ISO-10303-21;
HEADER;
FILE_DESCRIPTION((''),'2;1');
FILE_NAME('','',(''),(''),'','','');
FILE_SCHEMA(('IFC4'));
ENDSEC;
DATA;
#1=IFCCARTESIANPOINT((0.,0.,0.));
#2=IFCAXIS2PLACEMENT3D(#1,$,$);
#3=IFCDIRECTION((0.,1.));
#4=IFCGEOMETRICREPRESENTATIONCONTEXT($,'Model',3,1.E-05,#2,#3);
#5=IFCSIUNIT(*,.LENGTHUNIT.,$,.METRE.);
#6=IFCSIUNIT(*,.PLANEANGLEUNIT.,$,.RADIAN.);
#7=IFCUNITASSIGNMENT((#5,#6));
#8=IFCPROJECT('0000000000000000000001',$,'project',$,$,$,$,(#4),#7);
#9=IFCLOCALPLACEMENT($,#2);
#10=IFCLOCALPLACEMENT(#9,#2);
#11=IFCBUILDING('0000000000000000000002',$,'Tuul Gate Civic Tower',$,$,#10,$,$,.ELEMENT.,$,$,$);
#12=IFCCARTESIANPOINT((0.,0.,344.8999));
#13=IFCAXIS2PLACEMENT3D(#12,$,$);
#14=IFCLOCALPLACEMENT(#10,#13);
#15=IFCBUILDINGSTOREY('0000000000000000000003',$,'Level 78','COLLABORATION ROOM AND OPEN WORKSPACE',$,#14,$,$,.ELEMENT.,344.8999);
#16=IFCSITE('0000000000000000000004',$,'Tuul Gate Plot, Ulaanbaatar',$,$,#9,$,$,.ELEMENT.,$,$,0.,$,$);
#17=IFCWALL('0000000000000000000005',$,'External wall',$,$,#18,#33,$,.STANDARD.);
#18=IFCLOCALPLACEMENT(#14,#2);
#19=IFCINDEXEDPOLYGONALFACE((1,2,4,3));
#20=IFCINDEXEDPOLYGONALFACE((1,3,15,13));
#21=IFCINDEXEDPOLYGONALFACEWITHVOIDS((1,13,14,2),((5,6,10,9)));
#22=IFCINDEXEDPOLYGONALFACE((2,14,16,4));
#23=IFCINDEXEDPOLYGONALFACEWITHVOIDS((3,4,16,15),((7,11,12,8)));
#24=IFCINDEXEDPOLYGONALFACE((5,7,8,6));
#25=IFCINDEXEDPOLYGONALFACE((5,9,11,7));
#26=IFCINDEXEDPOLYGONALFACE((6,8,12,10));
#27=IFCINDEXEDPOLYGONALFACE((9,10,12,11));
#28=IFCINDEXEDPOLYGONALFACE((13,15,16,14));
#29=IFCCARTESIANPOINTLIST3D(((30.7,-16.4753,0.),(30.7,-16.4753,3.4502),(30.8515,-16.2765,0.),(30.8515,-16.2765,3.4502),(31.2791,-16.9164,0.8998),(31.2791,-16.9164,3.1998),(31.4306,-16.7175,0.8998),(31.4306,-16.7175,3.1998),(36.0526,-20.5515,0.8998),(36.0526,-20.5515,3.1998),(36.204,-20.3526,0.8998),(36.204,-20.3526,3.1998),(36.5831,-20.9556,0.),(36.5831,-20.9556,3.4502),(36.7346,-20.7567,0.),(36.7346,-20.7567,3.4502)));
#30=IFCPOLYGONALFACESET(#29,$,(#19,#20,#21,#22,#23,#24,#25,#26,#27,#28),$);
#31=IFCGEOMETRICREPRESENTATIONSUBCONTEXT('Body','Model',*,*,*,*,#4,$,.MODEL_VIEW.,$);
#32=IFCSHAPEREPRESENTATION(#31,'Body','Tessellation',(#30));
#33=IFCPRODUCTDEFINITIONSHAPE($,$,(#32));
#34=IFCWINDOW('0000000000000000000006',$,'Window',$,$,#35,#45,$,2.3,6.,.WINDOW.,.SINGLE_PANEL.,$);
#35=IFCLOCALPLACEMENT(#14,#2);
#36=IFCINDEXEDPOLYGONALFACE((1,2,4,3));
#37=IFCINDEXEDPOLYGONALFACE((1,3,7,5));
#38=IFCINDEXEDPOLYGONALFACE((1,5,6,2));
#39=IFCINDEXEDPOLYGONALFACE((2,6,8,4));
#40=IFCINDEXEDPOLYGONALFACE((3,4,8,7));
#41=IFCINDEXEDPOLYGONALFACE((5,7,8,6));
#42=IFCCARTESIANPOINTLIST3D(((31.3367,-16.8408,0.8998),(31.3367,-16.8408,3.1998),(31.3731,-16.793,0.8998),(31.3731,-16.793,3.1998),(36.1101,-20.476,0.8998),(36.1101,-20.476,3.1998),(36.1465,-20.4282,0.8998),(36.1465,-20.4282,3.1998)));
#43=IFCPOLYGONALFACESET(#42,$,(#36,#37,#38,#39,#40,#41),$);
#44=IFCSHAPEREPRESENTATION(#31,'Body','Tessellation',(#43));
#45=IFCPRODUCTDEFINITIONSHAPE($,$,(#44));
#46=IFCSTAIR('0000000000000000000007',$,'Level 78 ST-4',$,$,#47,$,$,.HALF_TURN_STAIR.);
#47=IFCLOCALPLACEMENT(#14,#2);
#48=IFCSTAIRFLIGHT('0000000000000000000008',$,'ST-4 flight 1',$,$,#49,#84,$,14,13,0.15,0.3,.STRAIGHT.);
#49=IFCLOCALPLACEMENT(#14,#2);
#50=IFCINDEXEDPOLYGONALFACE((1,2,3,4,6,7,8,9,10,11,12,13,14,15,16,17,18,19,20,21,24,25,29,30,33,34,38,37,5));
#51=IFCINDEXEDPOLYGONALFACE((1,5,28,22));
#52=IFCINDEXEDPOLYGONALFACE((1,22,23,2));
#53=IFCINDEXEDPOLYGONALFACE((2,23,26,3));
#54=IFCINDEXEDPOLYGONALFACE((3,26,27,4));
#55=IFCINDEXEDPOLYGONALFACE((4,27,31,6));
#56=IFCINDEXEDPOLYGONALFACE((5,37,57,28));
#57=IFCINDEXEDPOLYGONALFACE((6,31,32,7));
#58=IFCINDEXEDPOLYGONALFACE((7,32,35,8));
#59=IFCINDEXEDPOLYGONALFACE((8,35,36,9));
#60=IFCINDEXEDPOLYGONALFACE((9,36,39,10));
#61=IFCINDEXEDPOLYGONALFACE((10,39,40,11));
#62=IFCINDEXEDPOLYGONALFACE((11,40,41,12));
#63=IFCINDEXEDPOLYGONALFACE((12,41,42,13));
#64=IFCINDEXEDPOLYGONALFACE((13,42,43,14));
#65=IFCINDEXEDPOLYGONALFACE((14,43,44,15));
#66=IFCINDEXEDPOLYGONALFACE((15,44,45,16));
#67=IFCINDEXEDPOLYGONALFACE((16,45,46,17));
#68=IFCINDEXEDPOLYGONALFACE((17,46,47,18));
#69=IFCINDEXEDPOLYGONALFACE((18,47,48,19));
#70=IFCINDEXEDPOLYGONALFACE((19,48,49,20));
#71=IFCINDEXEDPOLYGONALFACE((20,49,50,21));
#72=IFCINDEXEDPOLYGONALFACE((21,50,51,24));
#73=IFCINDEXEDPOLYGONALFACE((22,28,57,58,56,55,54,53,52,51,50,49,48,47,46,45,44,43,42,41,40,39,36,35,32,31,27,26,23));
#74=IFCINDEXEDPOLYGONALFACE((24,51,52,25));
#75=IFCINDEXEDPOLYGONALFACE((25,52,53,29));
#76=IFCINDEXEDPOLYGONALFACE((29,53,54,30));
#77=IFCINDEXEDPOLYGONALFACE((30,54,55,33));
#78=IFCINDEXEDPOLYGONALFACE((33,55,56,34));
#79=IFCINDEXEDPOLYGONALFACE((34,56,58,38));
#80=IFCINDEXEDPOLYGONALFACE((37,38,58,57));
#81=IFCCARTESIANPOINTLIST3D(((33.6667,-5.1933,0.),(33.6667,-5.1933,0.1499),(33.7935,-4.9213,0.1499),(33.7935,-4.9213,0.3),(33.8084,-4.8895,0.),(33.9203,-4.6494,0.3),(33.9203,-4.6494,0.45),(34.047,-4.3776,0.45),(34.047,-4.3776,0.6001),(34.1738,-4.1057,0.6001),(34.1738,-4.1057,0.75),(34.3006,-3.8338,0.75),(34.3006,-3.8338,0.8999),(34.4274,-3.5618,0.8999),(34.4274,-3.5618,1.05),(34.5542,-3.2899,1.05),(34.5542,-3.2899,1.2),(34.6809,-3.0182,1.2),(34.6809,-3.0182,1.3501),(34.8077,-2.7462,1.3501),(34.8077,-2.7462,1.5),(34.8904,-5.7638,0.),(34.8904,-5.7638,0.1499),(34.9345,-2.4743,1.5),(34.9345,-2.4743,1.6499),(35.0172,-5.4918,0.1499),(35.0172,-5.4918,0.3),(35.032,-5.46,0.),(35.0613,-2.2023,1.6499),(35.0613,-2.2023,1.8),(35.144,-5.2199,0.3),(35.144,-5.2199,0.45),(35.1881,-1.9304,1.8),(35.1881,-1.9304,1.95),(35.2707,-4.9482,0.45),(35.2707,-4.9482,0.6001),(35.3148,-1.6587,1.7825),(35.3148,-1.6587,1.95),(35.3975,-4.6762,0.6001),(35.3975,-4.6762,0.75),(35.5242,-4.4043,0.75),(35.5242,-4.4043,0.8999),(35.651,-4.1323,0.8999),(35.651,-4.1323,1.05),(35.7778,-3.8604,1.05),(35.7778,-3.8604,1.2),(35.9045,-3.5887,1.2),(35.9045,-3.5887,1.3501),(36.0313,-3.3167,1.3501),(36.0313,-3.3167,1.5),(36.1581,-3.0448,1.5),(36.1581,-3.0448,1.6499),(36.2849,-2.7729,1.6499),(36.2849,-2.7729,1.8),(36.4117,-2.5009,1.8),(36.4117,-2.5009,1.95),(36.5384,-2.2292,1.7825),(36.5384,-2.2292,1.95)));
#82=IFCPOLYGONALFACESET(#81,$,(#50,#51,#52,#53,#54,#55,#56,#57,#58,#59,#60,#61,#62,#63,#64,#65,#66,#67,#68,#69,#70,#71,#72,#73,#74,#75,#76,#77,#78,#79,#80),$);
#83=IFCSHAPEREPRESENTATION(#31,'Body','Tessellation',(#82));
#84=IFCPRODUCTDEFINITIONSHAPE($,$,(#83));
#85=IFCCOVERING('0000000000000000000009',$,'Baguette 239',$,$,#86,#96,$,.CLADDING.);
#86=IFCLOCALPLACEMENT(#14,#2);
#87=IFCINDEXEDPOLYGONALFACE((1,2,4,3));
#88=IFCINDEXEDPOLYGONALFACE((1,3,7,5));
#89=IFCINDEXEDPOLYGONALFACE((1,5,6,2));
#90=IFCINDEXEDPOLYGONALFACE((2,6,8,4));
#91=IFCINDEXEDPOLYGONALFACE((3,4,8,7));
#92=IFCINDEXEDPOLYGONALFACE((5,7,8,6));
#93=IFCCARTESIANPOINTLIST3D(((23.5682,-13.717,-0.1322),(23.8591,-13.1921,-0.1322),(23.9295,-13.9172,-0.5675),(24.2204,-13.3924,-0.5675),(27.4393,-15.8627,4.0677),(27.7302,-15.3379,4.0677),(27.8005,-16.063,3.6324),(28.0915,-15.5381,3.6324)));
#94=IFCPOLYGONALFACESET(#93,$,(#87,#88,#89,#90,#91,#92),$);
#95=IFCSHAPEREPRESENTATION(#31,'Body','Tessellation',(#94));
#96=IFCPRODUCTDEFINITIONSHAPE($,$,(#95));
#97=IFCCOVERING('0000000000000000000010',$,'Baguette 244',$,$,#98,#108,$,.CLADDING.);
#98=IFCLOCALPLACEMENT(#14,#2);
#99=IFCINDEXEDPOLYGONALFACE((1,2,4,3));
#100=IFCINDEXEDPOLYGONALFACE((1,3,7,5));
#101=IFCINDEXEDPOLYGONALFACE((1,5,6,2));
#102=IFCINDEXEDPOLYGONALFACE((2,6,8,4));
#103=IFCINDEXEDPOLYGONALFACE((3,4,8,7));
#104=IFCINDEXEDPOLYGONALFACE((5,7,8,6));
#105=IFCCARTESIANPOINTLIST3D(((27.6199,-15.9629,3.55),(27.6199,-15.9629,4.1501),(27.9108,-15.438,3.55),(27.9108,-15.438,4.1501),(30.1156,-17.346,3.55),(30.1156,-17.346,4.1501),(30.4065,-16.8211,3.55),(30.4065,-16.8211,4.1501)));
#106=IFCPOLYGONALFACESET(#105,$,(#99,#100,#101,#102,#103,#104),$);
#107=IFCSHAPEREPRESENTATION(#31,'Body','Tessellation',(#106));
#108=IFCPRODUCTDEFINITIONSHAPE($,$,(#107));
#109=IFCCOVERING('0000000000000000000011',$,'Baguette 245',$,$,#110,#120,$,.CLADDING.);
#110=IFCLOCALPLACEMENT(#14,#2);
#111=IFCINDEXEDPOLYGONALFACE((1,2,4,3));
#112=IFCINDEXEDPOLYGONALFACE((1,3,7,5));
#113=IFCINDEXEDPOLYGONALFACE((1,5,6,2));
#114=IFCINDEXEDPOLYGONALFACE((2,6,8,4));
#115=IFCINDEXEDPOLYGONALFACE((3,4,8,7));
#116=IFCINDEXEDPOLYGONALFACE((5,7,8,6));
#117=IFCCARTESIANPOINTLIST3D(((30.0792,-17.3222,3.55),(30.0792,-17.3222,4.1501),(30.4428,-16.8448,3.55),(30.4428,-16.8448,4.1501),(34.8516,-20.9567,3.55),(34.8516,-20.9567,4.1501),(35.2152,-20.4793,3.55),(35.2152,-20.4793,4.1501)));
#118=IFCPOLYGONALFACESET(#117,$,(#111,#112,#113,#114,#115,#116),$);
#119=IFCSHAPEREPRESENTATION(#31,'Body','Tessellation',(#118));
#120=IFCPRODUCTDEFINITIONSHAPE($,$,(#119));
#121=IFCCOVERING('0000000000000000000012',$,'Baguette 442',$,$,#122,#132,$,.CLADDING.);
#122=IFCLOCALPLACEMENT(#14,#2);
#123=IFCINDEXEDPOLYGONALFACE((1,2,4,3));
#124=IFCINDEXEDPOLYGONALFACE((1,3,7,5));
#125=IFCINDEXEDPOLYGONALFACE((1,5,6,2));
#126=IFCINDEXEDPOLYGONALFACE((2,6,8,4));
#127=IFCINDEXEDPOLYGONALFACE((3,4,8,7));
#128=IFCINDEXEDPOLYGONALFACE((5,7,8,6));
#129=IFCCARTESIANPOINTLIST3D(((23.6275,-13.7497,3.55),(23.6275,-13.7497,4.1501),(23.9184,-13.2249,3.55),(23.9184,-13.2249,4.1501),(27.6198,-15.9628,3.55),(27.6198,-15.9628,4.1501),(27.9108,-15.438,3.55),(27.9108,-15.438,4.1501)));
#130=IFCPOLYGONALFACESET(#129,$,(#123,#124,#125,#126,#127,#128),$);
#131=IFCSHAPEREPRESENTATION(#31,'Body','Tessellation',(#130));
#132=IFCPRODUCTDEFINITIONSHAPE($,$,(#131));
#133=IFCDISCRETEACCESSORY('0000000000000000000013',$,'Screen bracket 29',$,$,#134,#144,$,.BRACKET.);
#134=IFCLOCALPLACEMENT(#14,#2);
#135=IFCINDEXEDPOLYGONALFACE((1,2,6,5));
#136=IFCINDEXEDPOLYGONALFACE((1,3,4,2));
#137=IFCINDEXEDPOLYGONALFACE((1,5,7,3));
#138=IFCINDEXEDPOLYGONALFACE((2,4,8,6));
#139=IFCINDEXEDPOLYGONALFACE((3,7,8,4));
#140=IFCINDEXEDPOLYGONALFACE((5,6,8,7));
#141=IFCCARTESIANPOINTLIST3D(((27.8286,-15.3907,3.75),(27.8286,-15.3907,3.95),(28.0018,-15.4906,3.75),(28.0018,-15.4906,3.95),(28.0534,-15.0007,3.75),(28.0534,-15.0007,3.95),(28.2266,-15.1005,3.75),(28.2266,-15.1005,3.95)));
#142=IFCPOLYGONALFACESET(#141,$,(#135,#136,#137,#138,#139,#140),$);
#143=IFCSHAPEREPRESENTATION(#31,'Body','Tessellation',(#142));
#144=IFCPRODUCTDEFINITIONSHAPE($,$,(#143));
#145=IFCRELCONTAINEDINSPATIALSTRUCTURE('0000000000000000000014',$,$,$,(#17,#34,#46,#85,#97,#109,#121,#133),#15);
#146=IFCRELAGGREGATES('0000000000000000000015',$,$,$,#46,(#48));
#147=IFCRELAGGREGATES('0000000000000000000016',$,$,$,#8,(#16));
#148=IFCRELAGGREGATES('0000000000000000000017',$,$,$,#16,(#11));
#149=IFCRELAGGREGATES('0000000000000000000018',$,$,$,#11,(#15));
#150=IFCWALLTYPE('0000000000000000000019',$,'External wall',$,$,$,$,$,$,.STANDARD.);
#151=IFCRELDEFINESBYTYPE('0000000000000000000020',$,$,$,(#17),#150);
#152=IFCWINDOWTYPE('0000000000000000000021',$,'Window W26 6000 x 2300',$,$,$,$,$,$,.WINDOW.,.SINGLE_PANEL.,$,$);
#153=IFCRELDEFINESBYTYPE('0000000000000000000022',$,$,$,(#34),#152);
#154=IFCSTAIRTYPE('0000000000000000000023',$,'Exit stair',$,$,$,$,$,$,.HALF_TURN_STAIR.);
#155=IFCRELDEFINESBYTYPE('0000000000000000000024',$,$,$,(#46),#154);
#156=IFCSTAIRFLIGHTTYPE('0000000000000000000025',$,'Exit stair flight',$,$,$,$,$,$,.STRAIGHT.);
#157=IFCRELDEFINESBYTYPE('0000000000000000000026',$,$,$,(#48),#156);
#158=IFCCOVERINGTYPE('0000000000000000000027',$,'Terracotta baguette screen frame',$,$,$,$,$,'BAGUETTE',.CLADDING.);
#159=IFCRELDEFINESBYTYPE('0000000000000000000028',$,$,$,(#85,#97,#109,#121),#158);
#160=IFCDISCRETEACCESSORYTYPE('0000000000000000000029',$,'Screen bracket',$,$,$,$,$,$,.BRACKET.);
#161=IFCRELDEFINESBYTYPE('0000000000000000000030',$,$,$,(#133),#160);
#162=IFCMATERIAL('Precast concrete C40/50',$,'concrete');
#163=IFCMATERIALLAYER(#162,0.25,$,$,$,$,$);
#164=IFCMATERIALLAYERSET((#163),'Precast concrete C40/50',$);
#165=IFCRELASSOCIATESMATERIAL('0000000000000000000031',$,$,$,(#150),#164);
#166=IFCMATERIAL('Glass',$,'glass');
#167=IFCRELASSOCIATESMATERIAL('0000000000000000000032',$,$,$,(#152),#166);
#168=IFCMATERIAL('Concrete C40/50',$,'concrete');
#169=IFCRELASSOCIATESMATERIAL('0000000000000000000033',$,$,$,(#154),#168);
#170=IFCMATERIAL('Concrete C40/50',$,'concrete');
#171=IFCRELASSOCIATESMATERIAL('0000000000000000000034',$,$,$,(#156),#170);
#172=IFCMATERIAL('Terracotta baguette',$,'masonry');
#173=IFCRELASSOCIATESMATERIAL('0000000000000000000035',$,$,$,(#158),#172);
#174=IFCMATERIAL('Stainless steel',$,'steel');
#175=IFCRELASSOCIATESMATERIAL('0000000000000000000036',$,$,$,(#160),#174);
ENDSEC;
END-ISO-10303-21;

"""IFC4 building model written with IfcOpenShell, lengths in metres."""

from ifc_helpers import new_model, si_unit, direction, frame, frame_2d, origin, origin_2d, place, context, subcontext, project, spatial, polyline, rectangle, outline, extrude, material, layer, layer_set, material_profile, profile_set, type_object, element, fill, aggregate, save


model = new_model("IFC4")

# Units and contexts
model_context = context("Model", 3, precision=1e-05, world=origin(), true_north=direction((0.0, 1.0)))
body_context = subcontext(model_context, "Body", "Model", "MODEL_VIEW")
ifc_project = project(units=[si_unit("LENGTHUNIT", "METRE"), si_unit("PLANEANGLEUNIT", "RADIAN")], contexts=[model_context])

# Site, building, storey
site_placement = place(None, origin())
site = spatial("IfcSite", under=ifc_project, at=site_placement, Name="Tuul Gate Plot, Ulaanbaatar", CompositionType="ELEMENT", RefElevation=0.0)
building_placement = place(site_placement, origin())
building = spatial("IfcBuilding", under=site, at=building_placement, Name="Tuul Gate Civic Tower", CompositionType="ELEMENT")
storey_placement = place(building_placement, frame((0.0, 0.0, 344.8999)))
storey = spatial("IfcBuildingStorey", under=building, at=storey_placement, Name="Level 78", Description="COLLABORATION ROOM AND OPEN WORKSPACE", CompositionType="ELEMENT", Elevation=344.8999)

# Wall, opening, window
ifc_material_1 = material(Name="Precast concrete C40/50", Category="concrete")
ifc_layer_1 = layer(ifc_material_1, 0.25)
ifc_layer_set_1 = layer_set([ifc_layer_1], Name="Precast concrete C40/50")
wall_type_1 = type_object("IfcWallType", Name="External wall", PredefinedType="STANDARD", material=ifc_layer_set_1)
ifc_material_2 = material(Name="Glass", Category="glass")
window_type = type_object("IfcWindowType", Name="Window W26 6000 x 2300", PartitioningType="SINGLE_PANEL", PredefinedType="WINDOW", material=ifc_material_2)
wall_1_placement = place(storey_placement, frame((30.7759, -16.376, 0.0), z_axis=(0.0, 0.0, 1.0), x_axis=(0.795569, -0.605863, 0.0)))
wall_1 = element("IfcWall", 1, at=wall_1_placement, inside=storey, type_object=wall_type_1, Name="External wall", PredefinedType="STANDARD", context=body_context, shape_type="SweptSolid", body=[
    extrude(rectangle(XDim=7.3948, YDim=0.25, at=frame_2d((3.6973, 0.0))), origin(), (0.0, 0.0, 1.0), 3.4502),
])
opening_1_placement = place(wall_1_placement, frame((0.7278, 0.0, 0.8999)))
opening_1 = element("IfcOpeningElement", 2, at=opening_1_placement, cuts=wall_1, PredefinedType="OPENING", context=body_context, shape_type="SweptSolid", body=[
    extrude(rectangle(XDim=6.0, YDim=2.3, at=frame_2d((3.0, 1.1499))), frame((0.0, 0.135, 0.0), z_axis=(0.0, -1.0, 0.0), x_axis=(1.0, 0.0, 0.0)), (0.0, 0.0, 1.0), 0.27),
])
window_1_placement = place(opening_1_placement, origin())
window_1 = element("IfcWindow", 3, at=window_1_placement, inside=storey, type_object=window_type, Name="Window", OverallHeight=2.3, OverallWidth=6.0, PartitioningType="SINGLE_PANEL", PredefinedType="WINDOW", context=body_context, shape_type="SweptSolid", body=[
    extrude(rectangle(XDim=6.0, YDim=2.3, at=frame_2d((3.0, 1.1499))), frame((0.0, 0.03, 0.0), z_axis=(0.0, -1.0, 0.0), x_axis=(1.0, 0.0, 0.0)), (0.0, 0.0, 1.0), 0.0601),
])
fill(opening_1, window_1)

# Stair, stair flight
ifc_material_3 = material(Name="Concrete C40/50", Category="concrete")
stair_type = type_object("IfcStairType", Name="Exit stair", PredefinedType="HALF_TURN_STAIR", material=ifc_material_3)
stair_placement = place(storey_placement, origin())
stair = element("IfcStair", 4, at=stair_placement, inside=storey, type_object=stair_type, Name="Level 78 ST-4", PredefinedType="HALF_TURN_STAIR")
ifc_material_4 = material(Name="Concrete C40/50", Category="concrete")
stair_flight_type = type_object("IfcStairFlightType", Name="Exit stair flight", PredefinedType="STRAIGHT", material=ifc_material_4)
stair_flight_placement = place(storey_placement, frame((34.2786, -5.4785, 0.0), z_axis=(0.0, 0.0, 1.0), x_axis=(0.422576, 0.906327, 0.0)))
stair_flight = element("IfcStairFlight", 5, at=stair_flight_placement, type_object=stair_flight_type, Name="ST-4 flight 1", NumberOfRisers=14, NumberOfTreads=13, PredefinedType="STRAIGHT", RiserHeight=0.15, TreadLength=0.3, context=body_context, shape_type="SweptSolid", body=[
    extrude(outline(polyline([(0.0, 0.0), (0.0, 0.1499), (0.3, 0.1499), (0.3, 0.3), (0.6001, 0.3), (0.6001, 0.45), (0.8999, 0.45), (0.8999, 0.6001), (1.2, 0.6001), (1.2, 0.75), (1.5, 0.75), (1.5, 0.8999), (1.8, 0.8999), (1.8, 1.05), (2.1001, 1.05), (2.1001, 1.2), (2.3999, 1.2), (2.3999, 1.3501), (2.7, 1.3501), (2.7, 1.5), (3.0, 1.5), (3.0, 1.6499), (3.3, 1.6499), (3.3, 1.8), (3.6001, 1.8), (3.6001, 1.95), (3.8999, 1.95), (3.8999, 2.1001), (3.8999, 1.7825), (0.3352, 0.0), (0.0, 0.0)])), frame((0.0, 0.675, 0.0), z_axis=(0.0, -1.0, 0.0), x_axis=(1.0, 0.0, 0.0)), (0.0, 0.0, 1.0), 1.3501),
])
aggregate(stair, [stair_flight])

# Coverings
ifc_material_5 = material(Name="Terracotta baguette", Category="masonry")
ifc_material_profile_1 = material_profile(ifc_material_5, rectangle(XDim=0.6001, YDim=0.6001, at=origin_2d()), Name="Terracotta baguette screen frame")
ifc_profile_set_1 = profile_set([ifc_material_profile_1], Name="Terracotta baguette")
covering_type = type_object("IfcCoveringType", Name="Terracotta baguette screen frame", ElementType="BAGUETTE", PredefinedType="CLADDING", material=ifc_profile_set_1)
covering_1_placement = place(storey_placement, frame((23.8943, -13.5547, -0.3499), z_axis=(0.634442, -0.351672, 0.688339), x_axis=(0.484804, 0.874623, 0.0)))
element("IfcCovering", 6, at=covering_1_placement, inside=storey, type_object=covering_type, Name="Baguette 239", PredefinedType="CLADDING", context=body_context, shape_type="SweptSolid", body=[
    extrude(rectangle(XDim=0.6001, YDim=0.6001, at=origin_2d()), origin(), (0.0, 0.0, 1.0), 6.1016),
])
covering_2_placement = place(storey_placement, frame((27.7654, -15.7004, 3.8501), z_axis=(0.874661, -0.484735, 0.0), x_axis=(0.484735, 0.874661, 0.0)))
element("IfcCovering", 7, at=covering_2_placement, inside=storey, type_object=covering_type, Name="Baguette 244", PredefinedType="CLADDING", context=body_context, shape_type="SweptSolid", body=[
    extrude(rectangle(XDim=0.6001, YDim=0.6001, at=origin_2d()), origin(), (0.0, 0.0, 1.0), 2.8533),
])
covering_3_placement = place(storey_placement, frame((30.261, -17.0835, 3.8501), z_axis=(0.795563, -0.60587, 0.0), x_axis=(0.60587, 0.795563, 0.0)))
element("IfcCovering", 8, at=covering_3_placement, inside=storey, type_object=covering_type, Name="Baguette 245", PredefinedType="CLADDING", context=body_context, shape_type="SweptSolid", body=[
    extrude(rectangle(XDim=0.6001, YDim=0.6001, at=origin_2d()), origin(), (0.0, 0.0, 1.0), 5.9988),
])
covering_4_placement = place(storey_placement, frame((23.7729, -13.4873, 3.8501), z_axis=(0.874611, -0.484825, 0.0), x_axis=(0.484825, 0.874611, 0.0)))
element("IfcCovering", 9, at=covering_4_placement, inside=storey, type_object=covering_type, Name="Baguette 442", PredefinedType="CLADDING", context=body_context, shape_type="SweptSolid", body=[
    extrude(rectangle(XDim=0.6001, YDim=0.6001, at=origin_2d()), origin(), (0.0, 0.0, 1.0), 4.5647),
])

# Discrete accessory
ifc_material_6 = material(Name="Stainless steel", Category="steel")
discrete_accessory_type = type_object("IfcDiscreteAccessoryType", Name="Screen bracket", PredefinedType="BRACKET", material=ifc_material_6)
discrete_accessory_placement = place(storey_placement, frame((28.0276, -15.2456, 3.75), z_axis=(0.0, 0.0, 1.0), x_axis=(-0.499373, -0.866387, 0.0)))
element("IfcDiscreteAccessory", 10, at=discrete_accessory_placement, inside=storey, type_object=discrete_accessory_type, Name="Screen bracket 29", PredefinedType="BRACKET", context=body_context, shape_type="SweptSolid", body=[
    extrude(rectangle(XDim=0.4502, YDim=0.2, at=origin_2d()), origin(), (0.0, 0.0, 1.0), 0.2),
])

save(model, "model.ifc")
